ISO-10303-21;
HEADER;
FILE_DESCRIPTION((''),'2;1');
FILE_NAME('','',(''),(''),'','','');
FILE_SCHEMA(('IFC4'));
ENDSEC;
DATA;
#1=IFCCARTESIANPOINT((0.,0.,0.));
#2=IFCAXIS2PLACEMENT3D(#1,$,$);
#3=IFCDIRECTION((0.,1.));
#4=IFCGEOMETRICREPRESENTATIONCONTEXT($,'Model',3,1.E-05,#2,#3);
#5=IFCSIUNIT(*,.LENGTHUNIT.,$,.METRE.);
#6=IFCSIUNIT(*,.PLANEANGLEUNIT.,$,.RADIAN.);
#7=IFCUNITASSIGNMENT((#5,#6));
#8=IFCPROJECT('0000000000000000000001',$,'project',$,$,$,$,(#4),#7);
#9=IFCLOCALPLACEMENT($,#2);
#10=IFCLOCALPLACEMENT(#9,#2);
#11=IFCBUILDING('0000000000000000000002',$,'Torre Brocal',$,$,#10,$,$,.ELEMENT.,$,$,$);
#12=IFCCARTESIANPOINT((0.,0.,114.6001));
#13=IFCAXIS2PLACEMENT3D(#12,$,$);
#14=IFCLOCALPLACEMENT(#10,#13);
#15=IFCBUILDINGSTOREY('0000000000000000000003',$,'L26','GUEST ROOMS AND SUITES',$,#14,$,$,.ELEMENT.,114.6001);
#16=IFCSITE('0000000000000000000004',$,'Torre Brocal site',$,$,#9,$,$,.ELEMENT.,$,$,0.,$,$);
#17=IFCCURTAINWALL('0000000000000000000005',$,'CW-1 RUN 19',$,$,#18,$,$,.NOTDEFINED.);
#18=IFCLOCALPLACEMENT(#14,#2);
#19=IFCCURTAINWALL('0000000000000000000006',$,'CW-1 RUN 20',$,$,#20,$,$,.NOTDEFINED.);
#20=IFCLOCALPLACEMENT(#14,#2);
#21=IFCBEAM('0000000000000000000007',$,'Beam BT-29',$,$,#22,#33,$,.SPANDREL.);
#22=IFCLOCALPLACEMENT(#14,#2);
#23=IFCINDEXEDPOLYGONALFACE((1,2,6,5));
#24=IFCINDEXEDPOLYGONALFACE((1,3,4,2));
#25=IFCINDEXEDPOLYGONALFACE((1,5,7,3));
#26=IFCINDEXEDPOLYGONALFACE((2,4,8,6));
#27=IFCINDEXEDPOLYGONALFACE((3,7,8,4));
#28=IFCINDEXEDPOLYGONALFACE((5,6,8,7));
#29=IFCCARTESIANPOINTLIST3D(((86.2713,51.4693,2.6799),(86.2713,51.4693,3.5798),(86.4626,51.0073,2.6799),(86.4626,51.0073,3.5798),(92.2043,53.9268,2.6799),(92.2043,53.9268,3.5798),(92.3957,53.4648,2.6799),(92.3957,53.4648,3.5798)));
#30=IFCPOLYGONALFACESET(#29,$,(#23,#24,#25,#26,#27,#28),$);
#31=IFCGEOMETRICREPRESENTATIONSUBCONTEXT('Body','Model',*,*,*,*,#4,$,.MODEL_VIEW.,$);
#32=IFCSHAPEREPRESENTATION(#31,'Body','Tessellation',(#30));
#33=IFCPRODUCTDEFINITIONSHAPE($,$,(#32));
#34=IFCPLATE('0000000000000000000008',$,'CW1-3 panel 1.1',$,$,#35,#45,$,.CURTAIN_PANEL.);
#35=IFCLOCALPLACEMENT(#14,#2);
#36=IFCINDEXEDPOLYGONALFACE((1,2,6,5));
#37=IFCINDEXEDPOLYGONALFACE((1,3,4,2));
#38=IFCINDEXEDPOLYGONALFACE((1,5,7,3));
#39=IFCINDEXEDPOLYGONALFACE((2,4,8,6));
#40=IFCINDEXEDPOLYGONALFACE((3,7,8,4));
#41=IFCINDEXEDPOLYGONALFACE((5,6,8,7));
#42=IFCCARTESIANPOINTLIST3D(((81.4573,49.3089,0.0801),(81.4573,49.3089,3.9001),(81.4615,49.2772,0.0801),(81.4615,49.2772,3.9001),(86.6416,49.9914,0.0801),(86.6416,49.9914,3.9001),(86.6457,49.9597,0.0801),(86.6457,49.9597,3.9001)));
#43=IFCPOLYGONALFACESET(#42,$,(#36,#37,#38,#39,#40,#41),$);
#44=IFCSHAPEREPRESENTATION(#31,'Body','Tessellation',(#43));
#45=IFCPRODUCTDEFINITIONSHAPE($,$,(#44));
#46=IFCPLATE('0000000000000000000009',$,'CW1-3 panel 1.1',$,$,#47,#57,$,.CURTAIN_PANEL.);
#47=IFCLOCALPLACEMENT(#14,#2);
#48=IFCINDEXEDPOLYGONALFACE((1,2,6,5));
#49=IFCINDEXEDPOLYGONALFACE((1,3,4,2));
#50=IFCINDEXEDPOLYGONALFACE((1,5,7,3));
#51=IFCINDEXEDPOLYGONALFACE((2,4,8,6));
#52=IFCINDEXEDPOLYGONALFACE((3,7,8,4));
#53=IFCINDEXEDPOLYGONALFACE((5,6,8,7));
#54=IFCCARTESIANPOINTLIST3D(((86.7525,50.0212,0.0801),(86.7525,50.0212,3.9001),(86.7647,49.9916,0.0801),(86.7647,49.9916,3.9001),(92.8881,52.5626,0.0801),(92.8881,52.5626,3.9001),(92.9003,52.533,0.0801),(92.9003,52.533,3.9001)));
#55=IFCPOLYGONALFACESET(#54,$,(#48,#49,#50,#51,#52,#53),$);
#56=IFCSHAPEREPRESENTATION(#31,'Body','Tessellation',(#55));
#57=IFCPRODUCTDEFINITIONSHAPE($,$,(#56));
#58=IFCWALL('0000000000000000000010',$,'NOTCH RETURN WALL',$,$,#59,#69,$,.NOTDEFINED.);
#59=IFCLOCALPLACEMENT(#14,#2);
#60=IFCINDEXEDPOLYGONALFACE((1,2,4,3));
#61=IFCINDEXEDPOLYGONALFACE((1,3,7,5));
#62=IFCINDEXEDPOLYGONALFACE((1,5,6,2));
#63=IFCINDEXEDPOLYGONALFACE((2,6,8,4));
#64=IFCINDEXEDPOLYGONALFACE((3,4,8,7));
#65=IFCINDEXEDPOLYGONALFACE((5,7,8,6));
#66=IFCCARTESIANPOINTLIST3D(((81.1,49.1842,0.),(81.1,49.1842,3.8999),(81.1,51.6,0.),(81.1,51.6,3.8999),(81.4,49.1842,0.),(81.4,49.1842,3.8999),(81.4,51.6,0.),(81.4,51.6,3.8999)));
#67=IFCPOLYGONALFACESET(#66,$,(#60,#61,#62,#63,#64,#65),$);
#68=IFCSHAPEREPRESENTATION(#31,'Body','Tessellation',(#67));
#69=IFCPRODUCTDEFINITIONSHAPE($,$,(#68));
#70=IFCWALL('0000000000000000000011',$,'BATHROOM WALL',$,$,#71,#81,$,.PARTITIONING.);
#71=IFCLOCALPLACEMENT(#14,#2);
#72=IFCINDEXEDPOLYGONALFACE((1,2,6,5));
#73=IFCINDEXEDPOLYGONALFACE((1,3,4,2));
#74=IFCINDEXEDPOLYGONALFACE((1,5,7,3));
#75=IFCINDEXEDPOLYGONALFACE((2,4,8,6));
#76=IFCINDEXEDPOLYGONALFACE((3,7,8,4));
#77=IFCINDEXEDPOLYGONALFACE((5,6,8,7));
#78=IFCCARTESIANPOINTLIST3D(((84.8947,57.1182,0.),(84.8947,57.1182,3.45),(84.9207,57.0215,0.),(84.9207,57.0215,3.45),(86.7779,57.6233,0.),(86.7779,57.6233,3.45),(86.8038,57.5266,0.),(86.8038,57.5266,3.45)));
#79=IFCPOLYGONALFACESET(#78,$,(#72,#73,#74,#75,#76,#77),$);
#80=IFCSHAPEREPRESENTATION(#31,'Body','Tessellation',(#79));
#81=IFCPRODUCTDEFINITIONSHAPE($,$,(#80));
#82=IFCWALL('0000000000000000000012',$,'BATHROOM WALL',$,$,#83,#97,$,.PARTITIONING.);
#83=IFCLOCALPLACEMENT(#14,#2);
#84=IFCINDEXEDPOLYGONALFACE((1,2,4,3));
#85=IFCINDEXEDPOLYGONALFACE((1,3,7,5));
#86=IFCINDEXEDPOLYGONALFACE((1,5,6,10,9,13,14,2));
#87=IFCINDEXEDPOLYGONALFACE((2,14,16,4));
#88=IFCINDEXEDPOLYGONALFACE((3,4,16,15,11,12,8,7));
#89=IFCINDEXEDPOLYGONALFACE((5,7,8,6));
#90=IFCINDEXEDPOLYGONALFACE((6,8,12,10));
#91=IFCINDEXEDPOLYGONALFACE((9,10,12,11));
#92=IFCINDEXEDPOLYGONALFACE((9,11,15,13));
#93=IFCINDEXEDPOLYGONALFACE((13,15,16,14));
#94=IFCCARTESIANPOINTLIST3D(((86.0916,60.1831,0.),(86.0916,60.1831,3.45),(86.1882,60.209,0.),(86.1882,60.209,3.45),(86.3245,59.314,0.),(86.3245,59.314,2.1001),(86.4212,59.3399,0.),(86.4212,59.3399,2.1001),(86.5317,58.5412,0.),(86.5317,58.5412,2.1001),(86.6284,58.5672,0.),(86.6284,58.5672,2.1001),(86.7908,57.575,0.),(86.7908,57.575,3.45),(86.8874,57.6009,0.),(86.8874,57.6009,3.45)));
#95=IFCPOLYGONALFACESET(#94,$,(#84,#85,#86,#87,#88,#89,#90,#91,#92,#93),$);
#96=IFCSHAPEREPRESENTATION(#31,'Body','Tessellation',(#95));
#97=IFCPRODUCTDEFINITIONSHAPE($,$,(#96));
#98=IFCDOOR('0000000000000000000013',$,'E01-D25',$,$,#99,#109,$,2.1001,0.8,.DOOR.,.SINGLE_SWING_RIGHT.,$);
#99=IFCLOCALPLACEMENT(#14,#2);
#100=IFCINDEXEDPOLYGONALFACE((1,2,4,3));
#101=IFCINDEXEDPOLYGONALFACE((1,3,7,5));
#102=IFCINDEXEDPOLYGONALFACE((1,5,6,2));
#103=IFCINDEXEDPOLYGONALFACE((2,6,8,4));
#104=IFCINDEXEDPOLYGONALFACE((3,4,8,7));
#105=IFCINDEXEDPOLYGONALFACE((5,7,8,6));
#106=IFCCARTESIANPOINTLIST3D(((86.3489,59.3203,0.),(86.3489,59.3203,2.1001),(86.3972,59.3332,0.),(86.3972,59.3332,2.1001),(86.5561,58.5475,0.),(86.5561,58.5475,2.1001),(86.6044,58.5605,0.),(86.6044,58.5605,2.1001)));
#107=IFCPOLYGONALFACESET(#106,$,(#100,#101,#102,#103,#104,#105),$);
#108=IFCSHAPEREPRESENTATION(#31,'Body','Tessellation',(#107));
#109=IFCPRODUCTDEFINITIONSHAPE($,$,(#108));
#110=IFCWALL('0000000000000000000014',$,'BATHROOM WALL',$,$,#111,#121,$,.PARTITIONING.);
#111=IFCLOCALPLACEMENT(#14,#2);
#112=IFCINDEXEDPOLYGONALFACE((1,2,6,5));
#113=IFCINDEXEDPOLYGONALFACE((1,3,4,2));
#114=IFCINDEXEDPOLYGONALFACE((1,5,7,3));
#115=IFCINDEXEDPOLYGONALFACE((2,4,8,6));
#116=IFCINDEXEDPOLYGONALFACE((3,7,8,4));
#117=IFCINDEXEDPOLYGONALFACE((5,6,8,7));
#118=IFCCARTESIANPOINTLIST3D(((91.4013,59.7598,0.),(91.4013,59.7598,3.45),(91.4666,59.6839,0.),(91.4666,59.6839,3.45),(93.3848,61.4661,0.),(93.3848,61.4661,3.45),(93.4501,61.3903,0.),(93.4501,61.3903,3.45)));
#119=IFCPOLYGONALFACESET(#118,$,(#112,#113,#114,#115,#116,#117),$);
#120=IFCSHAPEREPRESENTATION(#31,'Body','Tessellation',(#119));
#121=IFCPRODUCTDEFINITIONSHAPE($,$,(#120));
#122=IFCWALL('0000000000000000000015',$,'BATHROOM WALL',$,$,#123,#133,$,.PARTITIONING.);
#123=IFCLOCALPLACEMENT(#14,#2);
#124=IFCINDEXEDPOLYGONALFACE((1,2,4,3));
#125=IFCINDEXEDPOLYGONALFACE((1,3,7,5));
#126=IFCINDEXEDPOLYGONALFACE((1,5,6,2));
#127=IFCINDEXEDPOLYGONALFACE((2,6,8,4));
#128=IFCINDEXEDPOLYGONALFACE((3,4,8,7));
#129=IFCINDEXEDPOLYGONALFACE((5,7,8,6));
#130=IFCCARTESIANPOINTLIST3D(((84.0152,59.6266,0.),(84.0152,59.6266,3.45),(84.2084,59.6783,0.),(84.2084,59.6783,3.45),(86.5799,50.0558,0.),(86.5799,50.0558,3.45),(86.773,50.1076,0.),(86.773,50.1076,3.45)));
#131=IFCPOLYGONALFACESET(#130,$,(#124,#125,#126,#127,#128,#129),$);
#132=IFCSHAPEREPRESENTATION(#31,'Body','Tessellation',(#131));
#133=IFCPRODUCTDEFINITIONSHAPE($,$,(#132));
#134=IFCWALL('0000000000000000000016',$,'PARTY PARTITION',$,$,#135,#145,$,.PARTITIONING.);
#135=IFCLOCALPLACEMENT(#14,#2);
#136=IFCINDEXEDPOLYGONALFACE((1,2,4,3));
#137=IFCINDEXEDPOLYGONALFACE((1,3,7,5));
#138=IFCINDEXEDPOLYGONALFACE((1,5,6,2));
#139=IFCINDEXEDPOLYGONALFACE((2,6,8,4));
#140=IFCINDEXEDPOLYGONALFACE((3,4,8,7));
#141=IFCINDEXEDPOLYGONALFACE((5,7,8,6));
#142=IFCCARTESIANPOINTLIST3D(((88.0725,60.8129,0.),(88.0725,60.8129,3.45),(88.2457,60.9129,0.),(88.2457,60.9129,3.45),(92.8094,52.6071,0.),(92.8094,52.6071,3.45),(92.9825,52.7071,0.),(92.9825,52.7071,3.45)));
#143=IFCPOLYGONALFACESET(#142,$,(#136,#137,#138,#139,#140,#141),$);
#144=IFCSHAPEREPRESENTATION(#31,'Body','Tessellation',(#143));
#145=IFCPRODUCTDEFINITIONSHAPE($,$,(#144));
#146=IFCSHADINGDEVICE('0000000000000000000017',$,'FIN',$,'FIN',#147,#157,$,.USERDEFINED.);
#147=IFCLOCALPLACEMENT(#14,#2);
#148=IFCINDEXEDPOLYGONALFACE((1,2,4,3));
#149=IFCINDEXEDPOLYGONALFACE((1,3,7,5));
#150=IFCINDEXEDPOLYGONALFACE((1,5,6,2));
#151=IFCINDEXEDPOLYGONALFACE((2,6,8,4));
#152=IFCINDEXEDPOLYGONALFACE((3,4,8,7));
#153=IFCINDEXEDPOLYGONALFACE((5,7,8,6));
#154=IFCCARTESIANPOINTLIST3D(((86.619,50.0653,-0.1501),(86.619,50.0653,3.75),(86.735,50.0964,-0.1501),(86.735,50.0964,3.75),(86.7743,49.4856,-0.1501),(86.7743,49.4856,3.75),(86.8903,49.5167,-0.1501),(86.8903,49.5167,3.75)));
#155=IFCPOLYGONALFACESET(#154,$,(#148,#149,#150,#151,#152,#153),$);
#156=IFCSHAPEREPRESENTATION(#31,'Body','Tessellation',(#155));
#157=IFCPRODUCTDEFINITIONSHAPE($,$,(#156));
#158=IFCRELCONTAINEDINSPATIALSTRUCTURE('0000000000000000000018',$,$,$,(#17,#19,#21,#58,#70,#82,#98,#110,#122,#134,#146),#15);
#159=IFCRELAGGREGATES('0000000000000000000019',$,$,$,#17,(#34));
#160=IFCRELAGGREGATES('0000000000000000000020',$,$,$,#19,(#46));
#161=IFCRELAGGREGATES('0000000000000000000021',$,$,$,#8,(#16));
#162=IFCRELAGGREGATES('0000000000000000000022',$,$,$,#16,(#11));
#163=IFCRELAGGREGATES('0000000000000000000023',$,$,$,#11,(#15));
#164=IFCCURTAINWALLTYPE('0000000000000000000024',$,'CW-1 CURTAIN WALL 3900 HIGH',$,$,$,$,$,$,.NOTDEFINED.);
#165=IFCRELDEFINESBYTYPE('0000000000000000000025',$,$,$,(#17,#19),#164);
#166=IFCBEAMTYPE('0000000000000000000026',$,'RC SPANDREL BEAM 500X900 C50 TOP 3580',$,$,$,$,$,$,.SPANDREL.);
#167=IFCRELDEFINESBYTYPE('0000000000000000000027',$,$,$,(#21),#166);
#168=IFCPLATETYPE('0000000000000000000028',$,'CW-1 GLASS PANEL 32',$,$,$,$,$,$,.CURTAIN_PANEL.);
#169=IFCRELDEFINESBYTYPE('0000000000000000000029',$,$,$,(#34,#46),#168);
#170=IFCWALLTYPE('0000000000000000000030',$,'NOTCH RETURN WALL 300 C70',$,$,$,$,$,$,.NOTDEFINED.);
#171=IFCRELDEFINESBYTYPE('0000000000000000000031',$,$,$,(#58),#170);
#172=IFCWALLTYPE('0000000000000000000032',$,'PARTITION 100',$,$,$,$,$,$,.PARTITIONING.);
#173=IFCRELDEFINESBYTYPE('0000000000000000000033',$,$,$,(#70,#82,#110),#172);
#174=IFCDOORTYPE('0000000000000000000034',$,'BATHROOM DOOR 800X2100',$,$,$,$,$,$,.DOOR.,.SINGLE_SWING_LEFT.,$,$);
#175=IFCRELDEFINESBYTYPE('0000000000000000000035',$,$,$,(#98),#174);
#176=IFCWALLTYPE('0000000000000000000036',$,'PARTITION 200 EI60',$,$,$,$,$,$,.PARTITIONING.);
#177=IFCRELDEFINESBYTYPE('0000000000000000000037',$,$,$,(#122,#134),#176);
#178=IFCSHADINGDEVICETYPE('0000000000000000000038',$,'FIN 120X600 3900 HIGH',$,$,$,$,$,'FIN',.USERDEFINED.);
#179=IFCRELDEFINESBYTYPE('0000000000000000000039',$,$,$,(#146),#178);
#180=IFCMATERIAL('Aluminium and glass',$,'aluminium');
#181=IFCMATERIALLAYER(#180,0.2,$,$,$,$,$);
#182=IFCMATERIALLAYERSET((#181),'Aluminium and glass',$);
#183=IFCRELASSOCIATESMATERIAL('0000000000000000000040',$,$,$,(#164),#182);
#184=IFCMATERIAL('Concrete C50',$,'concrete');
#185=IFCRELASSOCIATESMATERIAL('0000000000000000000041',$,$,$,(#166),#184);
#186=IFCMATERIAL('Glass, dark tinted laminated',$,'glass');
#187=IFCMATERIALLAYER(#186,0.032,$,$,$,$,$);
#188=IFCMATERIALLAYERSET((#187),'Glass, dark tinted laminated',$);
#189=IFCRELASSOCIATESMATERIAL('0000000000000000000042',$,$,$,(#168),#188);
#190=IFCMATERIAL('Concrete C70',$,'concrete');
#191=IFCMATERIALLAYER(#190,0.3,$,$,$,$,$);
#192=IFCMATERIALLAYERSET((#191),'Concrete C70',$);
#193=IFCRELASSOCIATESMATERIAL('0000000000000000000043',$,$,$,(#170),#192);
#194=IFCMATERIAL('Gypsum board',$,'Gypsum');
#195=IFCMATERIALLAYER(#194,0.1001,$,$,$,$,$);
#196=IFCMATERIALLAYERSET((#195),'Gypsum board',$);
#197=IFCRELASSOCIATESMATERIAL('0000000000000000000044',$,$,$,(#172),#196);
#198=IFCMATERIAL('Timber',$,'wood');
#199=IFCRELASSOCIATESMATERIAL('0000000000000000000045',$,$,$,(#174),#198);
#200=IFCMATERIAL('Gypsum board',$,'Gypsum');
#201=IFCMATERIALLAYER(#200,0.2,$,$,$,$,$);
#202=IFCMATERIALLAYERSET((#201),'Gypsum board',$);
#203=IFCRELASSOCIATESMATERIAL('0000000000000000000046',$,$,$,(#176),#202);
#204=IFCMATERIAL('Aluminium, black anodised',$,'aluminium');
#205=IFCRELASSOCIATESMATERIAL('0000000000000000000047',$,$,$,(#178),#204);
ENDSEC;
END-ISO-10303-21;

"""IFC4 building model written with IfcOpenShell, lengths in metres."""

from ifc_helpers import new_model, si_unit, direction, frame, frame_2d, origin, origin_2d, place, context, subcontext, project, spatial, rectangle, extrude, material, layer, layer_set, material_profile, profile_set, type_object, element, fill, aggregate, save


model = new_model("IFC4")

# Units and contexts
model_context = context("Model", 3, precision=1e-05, world=origin(), true_north=direction((0.0, 1.0)))
body_context = subcontext(model_context, "Body", "Model", "MODEL_VIEW")
ifc_project = project(units=[si_unit("LENGTHUNIT", "METRE"), si_unit("PLANEANGLEUNIT", "RADIAN")], contexts=[model_context])

# Site, building, storey
site_placement = place(None, origin())
site = spatial("IfcSite", under=ifc_project, at=site_placement, Name="Torre Brocal site", CompositionType="ELEMENT", RefElevation=0.0)
building_placement = place(site_placement, origin())
building = spatial("IfcBuilding", under=site, at=building_placement, Name="Torre Brocal", CompositionType="ELEMENT")
storey_placement = place(building_placement, frame((0.0, 0.0, 114.6001)))
storey = spatial("IfcBuildingStorey", under=building, at=storey_placement, Name="L26", Description="GUEST ROOMS AND SUITES", CompositionType="ELEMENT", Elevation=114.6001)

# Curtain wall
ifc_material_1 = material(Name="Aluminium and glass", Category="aluminium")
ifc_layer_1 = layer(ifc_material_1, 0.2)
ifc_layer_set_1 = layer_set([ifc_layer_1], Name="Aluminium and glass")
curtain_wall_type = type_object("IfcCurtainWallType", Name="CW-1 CURTAIN WALL 3900 HIGH", PredefinedType="NOTDEFINED", material=ifc_layer_set_1)
curtain_wall_1_placement = place(storey_placement, origin())
curtain_wall_1 = element("IfcCurtainWall", 1, at=curtain_wall_1_placement, inside=storey, type_object=curtain_wall_type, Name="CW-1 RUN 19", PredefinedType="NOTDEFINED")

# Curtain wall
curtain_wall_2_placement = place(storey_placement, origin())
curtain_wall_2 = element("IfcCurtainWall", 2, at=curtain_wall_2_placement, inside=storey, type_object=curtain_wall_type, Name="CW-1 RUN 20", PredefinedType="NOTDEFINED")

# Beam
ifc_material_2 = material(Name="Concrete C50", Category="concrete")
ifc_material_profile_1 = material_profile(ifc_material_2, rectangle(XDim=0.5, YDim=0.8999, at=origin_2d()), Name="RC 500X900")
ifc_profile_set_1 = profile_set([ifc_material_profile_1], Name="Concrete C50")
beam_type_1 = type_object("IfcBeamType", Name="RC SPANDREL BEAM 500X900 C50 TOP 3580", PredefinedType="SPANDREL", material=ifc_profile_set_1)
beam_1_placement = place(storey_placement, frame((86.3669, 51.2383, 3.1299), z_axis=(0.923882, 0.382676, 0.0), x_axis=(-0.382676, 0.923882, 0.0)))
element("IfcBeam", 3, at=beam_1_placement, inside=storey, type_object=beam_type_1, Name="Beam BT-29", PredefinedType="SPANDREL", context=body_context, shape_type="SweptSolid", body=[
    extrude(rectangle(XDim=0.5, YDim=0.8999, at=origin_2d()), origin(), (0.0, 0.0, 1.0), 6.4219),
])

# Plates
ifc_material_3 = material(Name="Glass, dark tinted laminated", Category="glass")
ifc_layer_2 = layer(ifc_material_3, 0.032)
ifc_layer_set_2 = layer_set([ifc_layer_2], Name="Glass, dark tinted laminated")
plate_type = type_object("IfcPlateType", Name="CW-1 GLASS PANEL 32", PredefinedType="CURTAIN_PANEL", material=ifc_layer_set_2)
plate_1_placement = place(storey_placement, frame((84.0515, 49.6343, 0.0801), z_axis=(0.0, 0.0, 1.0), x_axis=(0.991445, 0.130526, 0.0)))
plate_1 = element("IfcPlate", 4, at=plate_1_placement, type_object=plate_type, Name="CW1-3 panel 1.1", PredefinedType="CURTAIN_PANEL", context=body_context, shape_type="SweptSolid", body=[
    extrude(rectangle(XDim=5.229, YDim=0.032, at=origin_2d()), origin(), (0.0, 0.0, 1.0), 3.8201),
])
aggregate(curtain_wall_1, [plate_1])
plate_2_placement = place(storey_placement, frame((89.8264, 51.2771, 0.0801), z_axis=(0.0, 0.0, 1.0), x_axis=(0.92388, 0.382683, 0.0)))
plate_2 = element("IfcPlate", 5, at=plate_2_placement, type_object=plate_type, Name="CW1-3 panel 1.1", PredefinedType="CURTAIN_PANEL", context=body_context, shape_type="SweptSolid", body=[
    extrude(rectangle(XDim=6.6411, YDim=0.032, at=origin_2d()), origin(), (0.0, 0.0, 1.0), 3.8201),
])
aggregate(curtain_wall_2, [plate_2])

# Walls
ifc_material_4 = material(Name="Concrete C70", Category="concrete")
ifc_layer_3 = layer(ifc_material_4, 0.3)
ifc_layer_set_3 = layer_set([ifc_layer_3], Name="Concrete C70")
wall_type_1 = type_object("IfcWallType", Name="NOTCH RETURN WALL 300 C70", PredefinedType="NOTDEFINED", material=ifc_layer_set_3)
wall_1_placement = place(storey_placement, frame((81.25, 51.6001, 0.0), z_axis=(0.0, 0.0, 1.0), x_axis=(0.0, -1.0, 0.0)))
element("IfcWall", 6, at=wall_1_placement, inside=storey, type_object=wall_type_1, Name="NOTCH RETURN WALL", PredefinedType="NOTDEFINED", context=body_context, shape_type="SweptSolid", body=[
    extrude(rectangle(XDim=2.4158, YDim=0.3, at=frame_2d((1.208, 0.0))), origin(), (0.0, 0.0, 1.0), 3.8999),
])
ifc_material_5 = material(Name="Gypsum board", Category="Gypsum")
ifc_layer_4 = layer(ifc_material_5, 0.1001)
ifc_layer_set_4 = layer_set([ifc_layer_4], Name="Gypsum board")
wall_type_2 = type_object("IfcWallType", Name="PARTITION 100", PredefinedType="PARTITIONING", material=ifc_layer_set_4)
wall_2_placement = place(storey_placement, frame((84.9077, 57.0698, 0.0), z_axis=(0.0, 0.0, 1.0), x_axis=(0.965854, 0.259089, 0.0)))
element("IfcWall", 7, at=wall_2_placement, inside=storey, type_object=wall_type_2, Name="BATHROOM WALL", PredefinedType="PARTITIONING", context=body_context, shape_type="SweptSolid", body=[
    extrude(rectangle(XDim=1.9497, YDim=0.1001, at=frame_2d((0.9749, 0.0))), origin(), (0.0, 0.0, 1.0), 3.45),
])

# Wall, opening, door
wall_3_placement = place(storey_placement, frame((86.1399, 60.196, 0.0), z_axis=(0.0, 0.0, 1.0), x_axis=(0.258945, -0.965892, 0.0)))
wall_3 = element("IfcWall", 8, at=wall_3_placement, inside=storey, type_object=wall_type_2, Name="BATHROOM WALL", PredefinedType="PARTITIONING", context=body_context, shape_type="SweptSolid", body=[
    extrude(rectangle(XDim=2.7002, YDim=0.1001, at=frame_2d((1.3501, 0.0))), origin(), (0.0, 0.0, 1.0), 3.45),
])
opening_placement = place(wall_3_placement, frame((0.8999, 0.0, 0.0)))
opening = element("IfcOpeningElement", 9, at=opening_placement, cuts=wall_3, PredefinedType="OPENING", context=body_context, shape_type="SweptSolid", body=[
    extrude(rectangle(XDim=0.8, YDim=2.1001, at=frame_2d((0.3999, 1.05))), frame((0.0, 0.0601, 0.0), z_axis=(0.0, -1.0, 0.0), x_axis=(1.0, 0.0, 0.0)), (0.0, 0.0, 1.0), 0.1201),
])
ifc_material_6 = material(Name="Timber", Category="wood")
door_type = type_object("IfcDoorType", Name="BATHROOM DOOR 800X2100", OperationType="SINGLE_SWING_LEFT", PredefinedType="DOOR", material=ifc_material_6)
door_placement = place(opening_placement, frame((0.8, 0.0, 0.0), z_axis=(0.0, 0.0, 1.0), x_axis=(-1.0, 0.0, 0.0)))
door = element("IfcDoor", 10, at=door_placement, inside=storey, type_object=door_type, Name="E01-D25", OperationType="SINGLE_SWING_RIGHT", OverallHeight=2.1001, OverallWidth=0.8, PredefinedType="DOOR", context=body_context, shape_type="SweptSolid", body=[
    extrude(rectangle(XDim=0.8, YDim=2.1001, at=frame_2d((0.3999, 1.05))), frame((0.0, 0.0249, 0.0), z_axis=(0.0, -1.0, 0.0), x_axis=(1.0, 0.0, 0.0)), (0.0, 0.0, 1.0), 0.05),
])
fill(opening, door)

# Walls
wall_4_placement = place(storey_placement, frame((91.4341, 59.7219, 0.0), z_axis=(0.0, 0.0, 1.0), x_axis=(0.758076, 0.652166, 0.0)))
element("IfcWall", 11, at=wall_4_placement, inside=storey, type_object=wall_type_2, Name="BATHROOM WALL", PredefinedType="PARTITIONING", context=body_context, shape_type="SweptSolid", body=[
    extrude(rectangle(XDim=2.6165, YDim=0.1001, at=frame_2d((1.3081, 0.0))), origin(), (0.0, 0.0, 1.0), 3.45),
])
ifc_material_7 = material(Name="Gypsum board", Category="Gypsum")
ifc_layer_5 = layer(ifc_material_7, 0.2)
ifc_layer_set_5 = layer_set([ifc_layer_5], Name="Gypsum board")
wall_type_3 = type_object("IfcWallType", Name="PARTITION 200 EI60", PredefinedType="PARTITIONING", material=ifc_layer_set_5)
wall_5_placement = place(storey_placement, frame((84.1118, 59.6523, 0.0), z_axis=(0.0, 0.0, 1.0), x_axis=(0.258839, -0.965921, 0.0)))
element("IfcWall", 12, at=wall_5_placement, inside=storey, type_object=wall_type_3, Name="BATHROOM WALL", PredefinedType="PARTITIONING", context=body_context, shape_type="SweptSolid", body=[
    extrude(rectangle(XDim=9.9084, YDim=0.2, at=frame_2d((4.9541, 0.0))), origin(), (0.0, 0.0, 1.0), 3.45),
])
wall_6_placement = place(storey_placement, frame((88.1592, 60.8628, 0.0), z_axis=(0.0, 0.0, 1.0), x_axis=(0.499936, -0.866062, 0.0)))
element("IfcWall", 13, at=wall_6_placement, inside=storey, type_object=wall_type_3, Name="PARTY PARTITION", PredefinedType="PARTITIONING", context=body_context, shape_type="SweptSolid", body=[
    extrude(rectangle(XDim=9.4749, YDim=0.2, at=frame_2d((4.7373, 0.0))), origin(), (0.0, 0.0, 1.0), 3.45),
])

# Shading device
ifc_material_8 = material(Name="Aluminium, black anodised", Category="aluminium")
ifc_material_profile_2 = material_profile(ifc_material_8, rectangle(XDim=0.1201, YDim=0.6001, at=origin_2d()), Name="FIN 120X600 3900 HIGH")
ifc_profile_set_2 = profile_set([ifc_material_profile_2], Name="Aluminium, black anodised")
shading_device_type = type_object("IfcShadingDeviceType", Name="FIN 120X600 3900 HIGH", ElementType="FIN", PredefinedType="USERDEFINED", material=ifc_profile_set_2)
shading_device_placement = place(storey_placement, frame((86.7546, 49.791, -0.1501), z_axis=(0.0, 0.0, 1.0), x_axis=(0.965926, 0.258819, 0.0)))
element("IfcShadingDevice", 14, at=shading_device_placement, inside=storey, type_object=shading_device_type, Name="FIN", ObjectType="FIN", PredefinedType="USERDEFINED", context=body_context, shape_type="SweptSolid", body=[
    extrude(rectangle(XDim=0.1201, YDim=0.6001, at=origin_2d()), origin(), (0.0, 0.0, 1.0), 3.9001),
])

save(model, "model.ifc")
